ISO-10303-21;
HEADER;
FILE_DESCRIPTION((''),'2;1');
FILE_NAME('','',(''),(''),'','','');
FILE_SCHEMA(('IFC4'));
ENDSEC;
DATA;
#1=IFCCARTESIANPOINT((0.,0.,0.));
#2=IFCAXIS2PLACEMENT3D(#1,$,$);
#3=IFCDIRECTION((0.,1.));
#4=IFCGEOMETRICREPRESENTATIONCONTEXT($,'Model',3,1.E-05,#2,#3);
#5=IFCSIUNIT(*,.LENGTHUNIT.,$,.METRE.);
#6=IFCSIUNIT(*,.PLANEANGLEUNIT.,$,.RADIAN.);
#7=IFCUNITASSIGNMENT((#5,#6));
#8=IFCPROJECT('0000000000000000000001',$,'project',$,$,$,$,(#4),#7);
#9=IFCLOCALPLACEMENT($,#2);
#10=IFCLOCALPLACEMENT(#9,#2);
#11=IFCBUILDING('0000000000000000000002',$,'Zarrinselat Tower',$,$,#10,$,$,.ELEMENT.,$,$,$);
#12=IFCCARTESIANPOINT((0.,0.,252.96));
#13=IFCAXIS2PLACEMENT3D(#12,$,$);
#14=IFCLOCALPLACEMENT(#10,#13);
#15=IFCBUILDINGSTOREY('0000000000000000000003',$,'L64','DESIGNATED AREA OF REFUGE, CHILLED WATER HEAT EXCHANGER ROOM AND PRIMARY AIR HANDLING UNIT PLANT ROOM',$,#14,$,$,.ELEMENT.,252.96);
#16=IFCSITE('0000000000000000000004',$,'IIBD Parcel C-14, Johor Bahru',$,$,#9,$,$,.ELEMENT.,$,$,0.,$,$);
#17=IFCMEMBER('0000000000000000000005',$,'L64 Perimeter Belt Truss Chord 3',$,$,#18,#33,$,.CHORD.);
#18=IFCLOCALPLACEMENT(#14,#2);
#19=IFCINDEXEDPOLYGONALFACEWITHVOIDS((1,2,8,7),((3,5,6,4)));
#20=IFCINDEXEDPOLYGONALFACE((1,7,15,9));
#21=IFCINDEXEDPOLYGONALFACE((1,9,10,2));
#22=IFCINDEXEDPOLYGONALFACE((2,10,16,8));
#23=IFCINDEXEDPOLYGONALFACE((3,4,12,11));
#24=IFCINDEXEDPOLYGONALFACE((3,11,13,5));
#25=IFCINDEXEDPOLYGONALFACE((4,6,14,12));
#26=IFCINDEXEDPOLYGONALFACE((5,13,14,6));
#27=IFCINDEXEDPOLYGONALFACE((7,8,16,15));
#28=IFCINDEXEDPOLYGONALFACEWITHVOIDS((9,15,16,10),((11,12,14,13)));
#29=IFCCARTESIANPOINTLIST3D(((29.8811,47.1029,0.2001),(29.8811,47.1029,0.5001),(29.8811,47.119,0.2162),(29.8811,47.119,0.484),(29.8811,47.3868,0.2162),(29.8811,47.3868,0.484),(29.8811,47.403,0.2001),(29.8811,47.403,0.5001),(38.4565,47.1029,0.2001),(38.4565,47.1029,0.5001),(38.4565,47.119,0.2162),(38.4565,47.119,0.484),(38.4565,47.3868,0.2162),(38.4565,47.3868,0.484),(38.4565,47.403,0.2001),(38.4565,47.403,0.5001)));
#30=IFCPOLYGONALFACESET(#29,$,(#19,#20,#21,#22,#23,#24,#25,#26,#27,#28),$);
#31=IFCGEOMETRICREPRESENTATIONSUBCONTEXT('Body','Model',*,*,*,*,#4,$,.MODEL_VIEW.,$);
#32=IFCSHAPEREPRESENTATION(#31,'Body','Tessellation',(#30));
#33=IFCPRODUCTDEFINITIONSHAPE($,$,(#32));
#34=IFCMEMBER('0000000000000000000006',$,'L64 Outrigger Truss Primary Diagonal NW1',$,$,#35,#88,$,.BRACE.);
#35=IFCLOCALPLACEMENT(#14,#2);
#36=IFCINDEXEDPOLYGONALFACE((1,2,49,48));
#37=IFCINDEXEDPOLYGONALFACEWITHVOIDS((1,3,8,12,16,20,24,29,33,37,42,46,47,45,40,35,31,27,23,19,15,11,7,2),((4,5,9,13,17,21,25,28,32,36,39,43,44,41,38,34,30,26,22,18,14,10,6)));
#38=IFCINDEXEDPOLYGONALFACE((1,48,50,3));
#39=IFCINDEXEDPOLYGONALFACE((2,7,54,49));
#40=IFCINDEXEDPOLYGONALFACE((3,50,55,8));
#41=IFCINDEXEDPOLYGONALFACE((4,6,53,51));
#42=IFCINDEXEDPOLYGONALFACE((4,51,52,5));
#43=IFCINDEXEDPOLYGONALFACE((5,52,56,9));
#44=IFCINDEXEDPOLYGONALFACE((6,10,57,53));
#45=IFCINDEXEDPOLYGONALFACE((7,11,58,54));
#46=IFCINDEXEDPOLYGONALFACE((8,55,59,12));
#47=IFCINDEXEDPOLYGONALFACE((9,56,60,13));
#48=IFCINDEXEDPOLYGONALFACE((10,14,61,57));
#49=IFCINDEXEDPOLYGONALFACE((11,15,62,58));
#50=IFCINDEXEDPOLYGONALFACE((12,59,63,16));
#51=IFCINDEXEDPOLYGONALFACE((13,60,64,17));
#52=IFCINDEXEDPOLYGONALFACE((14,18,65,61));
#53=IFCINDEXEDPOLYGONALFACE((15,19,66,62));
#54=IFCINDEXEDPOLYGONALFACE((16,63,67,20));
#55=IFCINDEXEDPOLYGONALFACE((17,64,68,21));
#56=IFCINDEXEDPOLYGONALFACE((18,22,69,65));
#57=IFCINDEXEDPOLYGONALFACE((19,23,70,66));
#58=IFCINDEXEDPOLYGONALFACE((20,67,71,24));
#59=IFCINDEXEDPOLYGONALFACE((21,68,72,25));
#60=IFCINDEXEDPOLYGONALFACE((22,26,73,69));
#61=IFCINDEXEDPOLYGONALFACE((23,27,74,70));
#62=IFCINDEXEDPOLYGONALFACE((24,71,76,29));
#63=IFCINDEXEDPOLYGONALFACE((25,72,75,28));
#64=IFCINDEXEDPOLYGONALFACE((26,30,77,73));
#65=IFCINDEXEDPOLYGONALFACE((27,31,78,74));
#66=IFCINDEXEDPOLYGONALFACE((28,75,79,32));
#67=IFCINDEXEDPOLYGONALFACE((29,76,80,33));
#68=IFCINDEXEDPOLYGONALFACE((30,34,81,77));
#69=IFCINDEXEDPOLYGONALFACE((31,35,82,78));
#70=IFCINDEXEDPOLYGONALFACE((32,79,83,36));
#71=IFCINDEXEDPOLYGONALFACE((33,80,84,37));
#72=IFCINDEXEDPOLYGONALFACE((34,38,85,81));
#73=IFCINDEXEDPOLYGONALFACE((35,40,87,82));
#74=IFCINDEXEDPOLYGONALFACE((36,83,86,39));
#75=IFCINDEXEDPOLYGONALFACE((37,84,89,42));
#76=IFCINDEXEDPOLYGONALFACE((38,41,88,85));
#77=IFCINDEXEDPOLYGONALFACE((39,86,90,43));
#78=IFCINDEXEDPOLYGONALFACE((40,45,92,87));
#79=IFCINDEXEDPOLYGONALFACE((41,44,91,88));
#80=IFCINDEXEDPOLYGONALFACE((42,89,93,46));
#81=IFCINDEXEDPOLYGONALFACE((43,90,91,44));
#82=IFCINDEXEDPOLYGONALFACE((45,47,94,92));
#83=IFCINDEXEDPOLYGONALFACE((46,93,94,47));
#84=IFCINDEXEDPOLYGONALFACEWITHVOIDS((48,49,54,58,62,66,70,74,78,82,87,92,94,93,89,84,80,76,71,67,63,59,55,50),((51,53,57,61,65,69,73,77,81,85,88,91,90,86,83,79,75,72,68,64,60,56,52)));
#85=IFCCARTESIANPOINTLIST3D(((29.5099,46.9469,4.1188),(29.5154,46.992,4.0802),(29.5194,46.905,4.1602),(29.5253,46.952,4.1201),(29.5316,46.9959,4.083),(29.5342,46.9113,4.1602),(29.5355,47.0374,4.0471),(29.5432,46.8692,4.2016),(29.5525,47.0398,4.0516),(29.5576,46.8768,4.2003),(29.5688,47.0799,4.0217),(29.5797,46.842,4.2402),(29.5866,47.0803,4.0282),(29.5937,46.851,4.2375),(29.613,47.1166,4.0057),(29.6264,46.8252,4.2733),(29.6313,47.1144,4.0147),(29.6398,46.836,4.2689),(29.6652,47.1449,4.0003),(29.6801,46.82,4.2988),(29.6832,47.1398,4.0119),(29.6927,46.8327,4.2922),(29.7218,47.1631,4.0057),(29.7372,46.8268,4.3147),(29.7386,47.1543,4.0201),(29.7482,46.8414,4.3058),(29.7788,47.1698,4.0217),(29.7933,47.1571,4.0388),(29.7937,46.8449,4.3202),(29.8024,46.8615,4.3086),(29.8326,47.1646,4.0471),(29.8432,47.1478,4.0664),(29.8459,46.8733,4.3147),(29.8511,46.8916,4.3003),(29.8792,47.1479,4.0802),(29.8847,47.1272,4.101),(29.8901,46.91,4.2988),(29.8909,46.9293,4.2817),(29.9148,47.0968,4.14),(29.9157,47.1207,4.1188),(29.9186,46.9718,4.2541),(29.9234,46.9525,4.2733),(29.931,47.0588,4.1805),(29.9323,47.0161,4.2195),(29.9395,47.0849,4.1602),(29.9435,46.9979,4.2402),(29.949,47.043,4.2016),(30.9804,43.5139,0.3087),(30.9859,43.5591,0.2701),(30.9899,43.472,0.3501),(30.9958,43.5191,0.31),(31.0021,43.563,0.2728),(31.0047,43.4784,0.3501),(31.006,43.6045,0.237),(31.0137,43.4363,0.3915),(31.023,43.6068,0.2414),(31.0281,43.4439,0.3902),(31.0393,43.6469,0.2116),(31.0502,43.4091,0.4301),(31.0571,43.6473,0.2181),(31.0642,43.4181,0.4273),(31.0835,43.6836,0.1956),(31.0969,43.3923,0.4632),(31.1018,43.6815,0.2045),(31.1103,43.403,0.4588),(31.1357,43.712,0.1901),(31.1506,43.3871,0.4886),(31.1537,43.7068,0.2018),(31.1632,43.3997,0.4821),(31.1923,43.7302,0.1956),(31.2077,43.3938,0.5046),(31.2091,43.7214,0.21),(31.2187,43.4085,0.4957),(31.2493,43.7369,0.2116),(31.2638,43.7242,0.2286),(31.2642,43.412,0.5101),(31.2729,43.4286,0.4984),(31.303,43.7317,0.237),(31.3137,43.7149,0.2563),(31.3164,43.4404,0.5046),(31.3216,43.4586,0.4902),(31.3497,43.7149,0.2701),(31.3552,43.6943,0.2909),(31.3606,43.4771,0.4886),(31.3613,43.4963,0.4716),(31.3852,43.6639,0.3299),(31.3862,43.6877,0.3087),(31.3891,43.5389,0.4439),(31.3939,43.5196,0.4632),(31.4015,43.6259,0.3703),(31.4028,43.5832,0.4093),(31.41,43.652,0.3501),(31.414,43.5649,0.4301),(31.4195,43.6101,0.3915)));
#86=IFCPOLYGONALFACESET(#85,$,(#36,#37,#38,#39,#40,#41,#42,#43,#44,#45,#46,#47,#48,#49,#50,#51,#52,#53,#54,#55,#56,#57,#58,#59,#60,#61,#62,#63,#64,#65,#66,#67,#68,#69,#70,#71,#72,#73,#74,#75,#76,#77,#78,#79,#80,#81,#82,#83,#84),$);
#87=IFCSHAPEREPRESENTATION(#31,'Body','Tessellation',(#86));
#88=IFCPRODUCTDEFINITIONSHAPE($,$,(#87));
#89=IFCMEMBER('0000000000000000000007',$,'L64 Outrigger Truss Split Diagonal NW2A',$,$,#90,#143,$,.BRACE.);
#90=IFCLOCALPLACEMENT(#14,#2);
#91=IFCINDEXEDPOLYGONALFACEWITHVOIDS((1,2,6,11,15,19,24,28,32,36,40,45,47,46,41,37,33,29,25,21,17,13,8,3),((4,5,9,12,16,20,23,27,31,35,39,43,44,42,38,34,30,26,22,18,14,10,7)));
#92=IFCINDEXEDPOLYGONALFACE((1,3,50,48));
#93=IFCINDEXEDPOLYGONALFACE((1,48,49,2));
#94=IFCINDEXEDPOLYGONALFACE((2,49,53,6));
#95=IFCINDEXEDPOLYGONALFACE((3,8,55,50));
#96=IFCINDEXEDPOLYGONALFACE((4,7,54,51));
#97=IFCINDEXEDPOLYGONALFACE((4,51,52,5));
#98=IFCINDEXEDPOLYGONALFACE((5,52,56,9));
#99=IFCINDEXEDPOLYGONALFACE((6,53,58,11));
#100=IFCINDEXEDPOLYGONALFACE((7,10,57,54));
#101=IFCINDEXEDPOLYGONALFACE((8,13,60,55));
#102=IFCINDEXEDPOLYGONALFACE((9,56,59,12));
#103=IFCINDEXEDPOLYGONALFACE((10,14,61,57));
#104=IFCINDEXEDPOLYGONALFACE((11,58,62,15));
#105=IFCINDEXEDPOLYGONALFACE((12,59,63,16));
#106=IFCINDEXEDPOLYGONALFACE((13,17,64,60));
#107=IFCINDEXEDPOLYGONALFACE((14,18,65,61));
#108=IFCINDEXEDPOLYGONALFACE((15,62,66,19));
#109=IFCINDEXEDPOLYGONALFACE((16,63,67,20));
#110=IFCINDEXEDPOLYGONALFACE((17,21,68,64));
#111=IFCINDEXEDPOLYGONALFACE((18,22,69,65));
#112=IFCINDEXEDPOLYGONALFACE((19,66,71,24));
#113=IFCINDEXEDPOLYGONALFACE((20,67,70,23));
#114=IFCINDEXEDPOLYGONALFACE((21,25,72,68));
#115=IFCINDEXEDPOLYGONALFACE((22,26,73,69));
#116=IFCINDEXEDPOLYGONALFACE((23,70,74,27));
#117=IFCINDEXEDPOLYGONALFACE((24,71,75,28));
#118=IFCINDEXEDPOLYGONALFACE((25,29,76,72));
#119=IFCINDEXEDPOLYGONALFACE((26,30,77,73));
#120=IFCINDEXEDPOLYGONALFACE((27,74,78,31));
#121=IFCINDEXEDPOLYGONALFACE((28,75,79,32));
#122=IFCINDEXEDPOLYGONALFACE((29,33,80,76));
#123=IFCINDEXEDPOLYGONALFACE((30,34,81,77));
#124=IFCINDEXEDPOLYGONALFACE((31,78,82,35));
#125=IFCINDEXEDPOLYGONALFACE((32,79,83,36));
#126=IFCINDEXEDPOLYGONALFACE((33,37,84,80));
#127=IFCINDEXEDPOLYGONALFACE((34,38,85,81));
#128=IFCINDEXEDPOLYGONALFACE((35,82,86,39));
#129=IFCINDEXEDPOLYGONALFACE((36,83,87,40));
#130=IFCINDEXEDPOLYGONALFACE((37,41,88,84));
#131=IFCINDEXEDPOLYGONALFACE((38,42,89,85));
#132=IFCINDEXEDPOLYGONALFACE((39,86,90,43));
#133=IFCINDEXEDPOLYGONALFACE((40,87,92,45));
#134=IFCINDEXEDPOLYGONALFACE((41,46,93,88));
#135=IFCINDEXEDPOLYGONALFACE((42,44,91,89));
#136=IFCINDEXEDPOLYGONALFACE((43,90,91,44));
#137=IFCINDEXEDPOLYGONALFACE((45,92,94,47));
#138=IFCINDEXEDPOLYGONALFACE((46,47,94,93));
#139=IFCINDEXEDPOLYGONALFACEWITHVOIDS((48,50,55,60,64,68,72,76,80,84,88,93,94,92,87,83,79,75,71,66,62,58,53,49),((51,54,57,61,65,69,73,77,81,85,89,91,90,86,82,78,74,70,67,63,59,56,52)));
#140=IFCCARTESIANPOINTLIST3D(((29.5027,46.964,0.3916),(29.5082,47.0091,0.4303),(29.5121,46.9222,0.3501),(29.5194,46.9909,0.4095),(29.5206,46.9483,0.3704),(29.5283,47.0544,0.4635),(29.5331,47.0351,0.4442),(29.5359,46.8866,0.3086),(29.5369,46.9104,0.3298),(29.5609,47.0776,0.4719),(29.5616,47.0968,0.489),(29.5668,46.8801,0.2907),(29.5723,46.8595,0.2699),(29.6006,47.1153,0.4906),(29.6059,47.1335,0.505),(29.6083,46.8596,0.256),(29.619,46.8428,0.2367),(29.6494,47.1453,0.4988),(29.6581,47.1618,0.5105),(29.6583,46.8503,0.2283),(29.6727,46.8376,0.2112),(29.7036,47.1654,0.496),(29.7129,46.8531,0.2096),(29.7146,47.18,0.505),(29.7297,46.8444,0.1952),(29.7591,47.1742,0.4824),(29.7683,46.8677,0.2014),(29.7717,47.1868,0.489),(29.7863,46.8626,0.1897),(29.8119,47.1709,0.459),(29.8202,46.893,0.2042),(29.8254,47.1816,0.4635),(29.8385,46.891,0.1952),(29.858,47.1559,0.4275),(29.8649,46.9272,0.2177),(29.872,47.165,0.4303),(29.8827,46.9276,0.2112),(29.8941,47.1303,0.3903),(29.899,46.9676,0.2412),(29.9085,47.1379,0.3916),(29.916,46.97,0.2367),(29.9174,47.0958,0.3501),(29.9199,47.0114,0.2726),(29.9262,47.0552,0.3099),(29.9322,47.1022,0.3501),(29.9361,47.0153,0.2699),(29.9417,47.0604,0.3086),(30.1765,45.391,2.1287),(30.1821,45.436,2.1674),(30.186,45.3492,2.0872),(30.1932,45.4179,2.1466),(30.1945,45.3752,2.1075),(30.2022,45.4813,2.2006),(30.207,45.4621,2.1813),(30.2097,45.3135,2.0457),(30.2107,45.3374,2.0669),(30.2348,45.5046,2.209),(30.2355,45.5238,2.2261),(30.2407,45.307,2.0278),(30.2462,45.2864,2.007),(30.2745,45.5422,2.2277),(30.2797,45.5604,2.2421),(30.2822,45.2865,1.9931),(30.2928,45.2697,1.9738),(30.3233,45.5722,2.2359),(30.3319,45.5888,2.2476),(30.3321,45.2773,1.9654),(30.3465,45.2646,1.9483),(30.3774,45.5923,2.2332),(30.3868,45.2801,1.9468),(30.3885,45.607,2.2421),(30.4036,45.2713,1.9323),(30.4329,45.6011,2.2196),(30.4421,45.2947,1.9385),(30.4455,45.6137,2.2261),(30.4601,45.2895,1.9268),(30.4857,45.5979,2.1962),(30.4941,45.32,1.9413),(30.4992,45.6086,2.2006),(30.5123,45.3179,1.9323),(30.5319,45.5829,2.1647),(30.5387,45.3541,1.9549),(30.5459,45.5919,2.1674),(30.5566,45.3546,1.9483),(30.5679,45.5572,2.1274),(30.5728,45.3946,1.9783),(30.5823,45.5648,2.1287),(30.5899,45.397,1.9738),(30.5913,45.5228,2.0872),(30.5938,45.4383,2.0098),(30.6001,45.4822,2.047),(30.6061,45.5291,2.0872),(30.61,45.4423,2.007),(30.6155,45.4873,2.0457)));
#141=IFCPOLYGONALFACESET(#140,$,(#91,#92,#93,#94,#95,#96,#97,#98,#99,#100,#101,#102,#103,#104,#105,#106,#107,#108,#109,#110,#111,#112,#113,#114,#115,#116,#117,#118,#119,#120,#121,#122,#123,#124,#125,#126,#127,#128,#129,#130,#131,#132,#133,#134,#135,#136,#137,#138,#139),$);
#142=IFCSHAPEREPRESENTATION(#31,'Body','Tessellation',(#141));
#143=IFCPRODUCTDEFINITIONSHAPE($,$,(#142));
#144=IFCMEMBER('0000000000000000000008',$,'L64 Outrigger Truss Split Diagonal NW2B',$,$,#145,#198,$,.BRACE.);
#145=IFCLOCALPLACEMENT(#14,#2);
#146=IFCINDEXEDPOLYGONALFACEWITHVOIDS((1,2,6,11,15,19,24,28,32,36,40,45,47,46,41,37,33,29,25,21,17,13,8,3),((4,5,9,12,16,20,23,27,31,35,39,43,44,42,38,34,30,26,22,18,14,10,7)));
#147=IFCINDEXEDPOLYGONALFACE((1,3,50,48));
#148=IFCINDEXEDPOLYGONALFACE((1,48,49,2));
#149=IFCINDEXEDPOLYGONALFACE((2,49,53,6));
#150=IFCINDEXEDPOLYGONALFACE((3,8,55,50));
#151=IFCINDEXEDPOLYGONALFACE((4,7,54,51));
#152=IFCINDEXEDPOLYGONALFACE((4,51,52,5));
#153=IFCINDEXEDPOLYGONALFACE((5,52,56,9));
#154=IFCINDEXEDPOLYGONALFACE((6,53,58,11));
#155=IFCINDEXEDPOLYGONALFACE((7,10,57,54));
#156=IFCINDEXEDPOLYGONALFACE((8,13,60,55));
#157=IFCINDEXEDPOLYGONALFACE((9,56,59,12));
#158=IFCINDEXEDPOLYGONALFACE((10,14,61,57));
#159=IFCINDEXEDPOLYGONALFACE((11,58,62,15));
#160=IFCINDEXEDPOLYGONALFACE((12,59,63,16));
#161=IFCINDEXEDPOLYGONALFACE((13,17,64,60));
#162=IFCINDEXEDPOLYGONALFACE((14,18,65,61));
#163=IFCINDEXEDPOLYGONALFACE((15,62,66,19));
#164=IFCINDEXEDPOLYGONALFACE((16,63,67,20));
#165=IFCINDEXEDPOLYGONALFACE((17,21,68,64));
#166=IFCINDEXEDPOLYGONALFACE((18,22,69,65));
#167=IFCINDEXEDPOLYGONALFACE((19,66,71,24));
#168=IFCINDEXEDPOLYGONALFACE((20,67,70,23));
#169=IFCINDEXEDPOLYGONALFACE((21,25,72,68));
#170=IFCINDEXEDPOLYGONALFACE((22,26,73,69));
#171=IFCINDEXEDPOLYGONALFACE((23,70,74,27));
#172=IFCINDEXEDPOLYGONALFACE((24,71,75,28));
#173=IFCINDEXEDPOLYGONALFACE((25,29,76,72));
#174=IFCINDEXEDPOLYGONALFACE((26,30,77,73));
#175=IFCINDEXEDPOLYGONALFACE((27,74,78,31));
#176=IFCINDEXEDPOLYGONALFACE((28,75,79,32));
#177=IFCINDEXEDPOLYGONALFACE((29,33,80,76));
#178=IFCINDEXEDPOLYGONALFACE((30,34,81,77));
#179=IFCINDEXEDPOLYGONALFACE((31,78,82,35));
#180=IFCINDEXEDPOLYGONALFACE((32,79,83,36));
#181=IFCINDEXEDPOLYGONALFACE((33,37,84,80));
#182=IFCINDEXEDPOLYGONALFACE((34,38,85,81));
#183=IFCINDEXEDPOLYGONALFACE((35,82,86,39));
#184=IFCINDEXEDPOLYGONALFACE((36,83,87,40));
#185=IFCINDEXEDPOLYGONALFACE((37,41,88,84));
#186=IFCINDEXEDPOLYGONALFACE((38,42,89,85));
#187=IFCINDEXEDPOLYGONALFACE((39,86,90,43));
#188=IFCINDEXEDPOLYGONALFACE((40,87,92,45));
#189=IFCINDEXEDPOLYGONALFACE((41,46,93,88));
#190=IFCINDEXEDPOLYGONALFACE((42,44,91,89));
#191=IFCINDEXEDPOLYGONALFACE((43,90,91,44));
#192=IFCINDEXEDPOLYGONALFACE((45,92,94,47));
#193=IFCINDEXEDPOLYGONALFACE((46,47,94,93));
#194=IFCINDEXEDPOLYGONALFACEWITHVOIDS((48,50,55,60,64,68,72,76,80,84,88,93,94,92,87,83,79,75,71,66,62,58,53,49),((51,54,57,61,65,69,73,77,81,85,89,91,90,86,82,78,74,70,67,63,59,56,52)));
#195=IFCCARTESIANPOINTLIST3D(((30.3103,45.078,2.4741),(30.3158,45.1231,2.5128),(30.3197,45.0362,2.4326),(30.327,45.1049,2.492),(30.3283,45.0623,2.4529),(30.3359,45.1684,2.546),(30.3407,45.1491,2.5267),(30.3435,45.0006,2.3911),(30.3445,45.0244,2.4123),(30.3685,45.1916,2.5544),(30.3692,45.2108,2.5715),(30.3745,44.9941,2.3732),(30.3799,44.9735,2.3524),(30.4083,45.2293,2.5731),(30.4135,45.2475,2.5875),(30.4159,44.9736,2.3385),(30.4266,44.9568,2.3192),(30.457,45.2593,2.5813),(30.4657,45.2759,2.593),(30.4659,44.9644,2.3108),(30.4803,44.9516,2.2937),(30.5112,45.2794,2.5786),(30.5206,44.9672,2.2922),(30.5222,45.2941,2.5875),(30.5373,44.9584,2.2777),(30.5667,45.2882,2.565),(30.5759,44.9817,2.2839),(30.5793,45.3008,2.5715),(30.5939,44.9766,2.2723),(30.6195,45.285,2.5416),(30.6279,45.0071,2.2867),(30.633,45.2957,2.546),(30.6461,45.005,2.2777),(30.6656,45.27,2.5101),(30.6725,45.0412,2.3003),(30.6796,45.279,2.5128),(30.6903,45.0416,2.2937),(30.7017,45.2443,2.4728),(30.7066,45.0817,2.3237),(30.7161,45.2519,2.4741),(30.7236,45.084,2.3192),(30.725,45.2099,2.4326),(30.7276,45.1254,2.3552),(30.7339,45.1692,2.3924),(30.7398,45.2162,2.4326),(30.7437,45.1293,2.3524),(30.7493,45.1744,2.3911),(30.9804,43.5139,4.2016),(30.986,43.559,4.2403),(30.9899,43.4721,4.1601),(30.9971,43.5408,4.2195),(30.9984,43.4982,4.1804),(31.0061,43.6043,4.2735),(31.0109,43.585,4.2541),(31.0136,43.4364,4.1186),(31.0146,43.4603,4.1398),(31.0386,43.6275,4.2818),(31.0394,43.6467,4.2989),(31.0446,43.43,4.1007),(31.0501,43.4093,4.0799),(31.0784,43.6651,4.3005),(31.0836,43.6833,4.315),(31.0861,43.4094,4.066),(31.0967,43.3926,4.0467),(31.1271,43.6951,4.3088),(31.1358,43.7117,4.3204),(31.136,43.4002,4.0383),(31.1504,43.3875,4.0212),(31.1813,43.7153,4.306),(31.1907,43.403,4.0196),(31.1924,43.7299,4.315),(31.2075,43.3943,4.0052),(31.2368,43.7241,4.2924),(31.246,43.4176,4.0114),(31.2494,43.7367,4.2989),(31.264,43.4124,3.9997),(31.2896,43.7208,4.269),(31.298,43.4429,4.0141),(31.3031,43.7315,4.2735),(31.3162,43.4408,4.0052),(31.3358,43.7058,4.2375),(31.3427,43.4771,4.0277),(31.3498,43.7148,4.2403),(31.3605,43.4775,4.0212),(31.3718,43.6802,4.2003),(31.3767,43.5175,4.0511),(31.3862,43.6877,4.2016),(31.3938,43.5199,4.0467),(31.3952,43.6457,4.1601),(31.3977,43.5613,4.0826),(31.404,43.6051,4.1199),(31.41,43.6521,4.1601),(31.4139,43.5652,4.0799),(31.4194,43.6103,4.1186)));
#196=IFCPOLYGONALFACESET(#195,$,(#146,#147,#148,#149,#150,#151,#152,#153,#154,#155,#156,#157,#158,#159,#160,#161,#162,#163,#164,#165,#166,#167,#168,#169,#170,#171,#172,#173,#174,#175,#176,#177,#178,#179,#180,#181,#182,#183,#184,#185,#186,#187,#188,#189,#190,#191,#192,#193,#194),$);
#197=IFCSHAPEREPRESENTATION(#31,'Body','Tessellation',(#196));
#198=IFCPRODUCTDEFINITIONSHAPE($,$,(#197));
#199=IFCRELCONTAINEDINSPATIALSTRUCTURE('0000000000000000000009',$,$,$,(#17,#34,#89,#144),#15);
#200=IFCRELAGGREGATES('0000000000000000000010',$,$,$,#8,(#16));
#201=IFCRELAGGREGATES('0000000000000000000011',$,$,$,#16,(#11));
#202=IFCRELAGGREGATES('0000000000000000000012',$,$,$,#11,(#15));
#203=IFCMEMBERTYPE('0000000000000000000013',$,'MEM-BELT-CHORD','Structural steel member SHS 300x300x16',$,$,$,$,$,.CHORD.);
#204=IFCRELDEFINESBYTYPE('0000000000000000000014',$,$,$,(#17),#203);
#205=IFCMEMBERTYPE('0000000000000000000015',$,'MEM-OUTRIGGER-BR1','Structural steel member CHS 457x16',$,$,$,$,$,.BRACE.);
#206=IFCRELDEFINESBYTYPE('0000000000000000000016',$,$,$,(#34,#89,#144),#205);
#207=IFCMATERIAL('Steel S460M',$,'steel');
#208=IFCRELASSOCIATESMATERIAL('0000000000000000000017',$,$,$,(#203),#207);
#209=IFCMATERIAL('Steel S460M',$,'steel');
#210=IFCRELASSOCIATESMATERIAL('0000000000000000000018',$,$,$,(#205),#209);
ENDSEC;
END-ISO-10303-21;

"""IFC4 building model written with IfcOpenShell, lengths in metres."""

from ifc_helpers import new_model, si_unit, direction, frame, origin, origin_2d, place, context, subcontext, project, spatial, hollow_rectangle, hollow_circle, extrude, material, material_profile, profile_set, type_object, element, save


model = new_model("IFC4")

# Units and contexts
model_context = context("Model", 3, precision=1e-05, world=origin(), true_north=direction((0.0, 1.0)))
body_context = subcontext(model_context, "Body", "Model", "MODEL_VIEW")
ifc_project = project(units=[si_unit("LENGTHUNIT", "METRE"), si_unit("PLANEANGLEUNIT", "RADIAN")], contexts=[model_context])

# Site, building, storey
site_placement = place(None, origin())
site = spatial("IfcSite", under=ifc_project, at=site_placement, Name="IIBD Parcel C-14, Johor Bahru", CompositionType="ELEMENT", RefElevation=0.0)
building_placement = place(site_placement, origin())
building = spatial("IfcBuilding", under=site, at=building_placement, Name="Zarrinselat Tower", CompositionType="ELEMENT")
storey_placement = place(building_placement, frame((0.0, 0.0, 252.96)))
storey = spatial("IfcBuildingStorey", under=building, at=storey_placement, Name="L64", Description="DESIGNATED AREA OF REFUGE, CHILLED WATER HEAT EXCHANGER ROOM AND PRIMARY AIR HANDLING UNIT PLANT ROOM", CompositionType="ELEMENT", Elevation=252.96)

# Members
ifc_material_1 = material(Name="Steel S460M", Category="steel")
ifc_material_profile_1 = material_profile(ifc_material_1, hollow_rectangle(XDim=0.3, YDim=0.3, WallThickness=0.0161, at=origin_2d()), Name="SHS 300x300x16")
ifc_profile_set_1 = profile_set([ifc_material_profile_1], Name="Steel S460M")
member_type_1 = type_object("IfcMemberType", Name="MEM-BELT-CHORD", Description="Structural steel member SHS 300x300x16", PredefinedType="CHORD", material=ifc_profile_set_1)
member_1_placement = place(storey_placement, frame((38.4565, 47.2529, 0.3501), z_axis=(-1.0, 0.0, 0.0), x_axis=(0.0, -1.0, 0.0)))
element("IfcMember", 1, at=member_1_placement, inside=storey, type_object=member_type_1, Name="L64 Perimeter Belt Truss Chord 3", PredefinedType="CHORD", context=body_context, shape_type="SweptSolid", body=[
    extrude(hollow_rectangle(XDim=0.3, YDim=0.3, WallThickness=0.0161, at=origin_2d()), origin(), (0.0, 0.0, 1.0), 8.5754),
])
ifc_material_2 = material(Name="Steel S460M", Category="steel")
ifc_material_profile_2 = material_profile(ifc_material_2, hollow_circle(Radius=0.2285, WallThickness=0.0161, at=origin_2d()), Name="CHS 457x16")
ifc_profile_set_2 = profile_set([ifc_material_profile_2], Name="Steel S460M")
member_type_2 = type_object("IfcMemberType", Name="MEM-OUTRIGGER-BR1", Description="Structural steel member CHS 457x16", PredefinedType="BRACE", material=ifc_profile_set_2)
member_2_placement = place(storey_placement, frame((31.2, 43.562, 0.3501), z_axis=(-0.27562, 0.643448, 0.714149), x_axis=(-0.919219, -0.393746, 0.0)))
element("IfcMember", 2, at=member_2_placement, inside=storey, type_object=member_type_2, Name="L64 Outrigger Truss Primary Diagonal NW1", PredefinedType="BRACE", context=body_context, shape_type="SweptSolid", body=[
    extrude(hollow_circle(Radius=0.2285, WallThickness=0.0161, at=origin_2d()), origin(), (0.0, 0.0, 1.0), 5.3352),
])
member_3_placement = place(storey_placement, frame((29.7222, 47.0122, 0.3501), z_axis=(0.276341, -0.645097, 0.71238), x_axis=(0.919211, 0.393764, 0.0)))
element("IfcMember", 3, at=member_3_placement, inside=storey, type_object=member_type_2, Name="L64 Outrigger Truss Split Diagonal NW2A", PredefinedType="BRACE", context=body_context, shape_type="SweptSolid", body=[
    extrude(hollow_circle(Radius=0.2285, WallThickness=0.0161, at=origin_2d()), origin(), (0.0, 0.0, 1.0), 2.4385),
])
member_4_placement = place(storey_placement, frame((30.5298, 45.1262, 2.4326), z_axis=(0.276366, -0.645054, 0.712409), x_axis=(0.91919, 0.393815, 0.0)))
element("IfcMember", 4, at=member_4_placement, inside=storey, type_object=member_type_2, Name="L64 Outrigger Truss Split Diagonal NW2B", PredefinedType="BRACE", context=body_context, shape_type="SweptSolid", body=[
    extrude(hollow_circle(Radius=0.2285, WallThickness=0.0161, at=origin_2d()), origin(), (0.0, 0.0, 1.0), 2.4248),
])

save(model, "model.ifc")
